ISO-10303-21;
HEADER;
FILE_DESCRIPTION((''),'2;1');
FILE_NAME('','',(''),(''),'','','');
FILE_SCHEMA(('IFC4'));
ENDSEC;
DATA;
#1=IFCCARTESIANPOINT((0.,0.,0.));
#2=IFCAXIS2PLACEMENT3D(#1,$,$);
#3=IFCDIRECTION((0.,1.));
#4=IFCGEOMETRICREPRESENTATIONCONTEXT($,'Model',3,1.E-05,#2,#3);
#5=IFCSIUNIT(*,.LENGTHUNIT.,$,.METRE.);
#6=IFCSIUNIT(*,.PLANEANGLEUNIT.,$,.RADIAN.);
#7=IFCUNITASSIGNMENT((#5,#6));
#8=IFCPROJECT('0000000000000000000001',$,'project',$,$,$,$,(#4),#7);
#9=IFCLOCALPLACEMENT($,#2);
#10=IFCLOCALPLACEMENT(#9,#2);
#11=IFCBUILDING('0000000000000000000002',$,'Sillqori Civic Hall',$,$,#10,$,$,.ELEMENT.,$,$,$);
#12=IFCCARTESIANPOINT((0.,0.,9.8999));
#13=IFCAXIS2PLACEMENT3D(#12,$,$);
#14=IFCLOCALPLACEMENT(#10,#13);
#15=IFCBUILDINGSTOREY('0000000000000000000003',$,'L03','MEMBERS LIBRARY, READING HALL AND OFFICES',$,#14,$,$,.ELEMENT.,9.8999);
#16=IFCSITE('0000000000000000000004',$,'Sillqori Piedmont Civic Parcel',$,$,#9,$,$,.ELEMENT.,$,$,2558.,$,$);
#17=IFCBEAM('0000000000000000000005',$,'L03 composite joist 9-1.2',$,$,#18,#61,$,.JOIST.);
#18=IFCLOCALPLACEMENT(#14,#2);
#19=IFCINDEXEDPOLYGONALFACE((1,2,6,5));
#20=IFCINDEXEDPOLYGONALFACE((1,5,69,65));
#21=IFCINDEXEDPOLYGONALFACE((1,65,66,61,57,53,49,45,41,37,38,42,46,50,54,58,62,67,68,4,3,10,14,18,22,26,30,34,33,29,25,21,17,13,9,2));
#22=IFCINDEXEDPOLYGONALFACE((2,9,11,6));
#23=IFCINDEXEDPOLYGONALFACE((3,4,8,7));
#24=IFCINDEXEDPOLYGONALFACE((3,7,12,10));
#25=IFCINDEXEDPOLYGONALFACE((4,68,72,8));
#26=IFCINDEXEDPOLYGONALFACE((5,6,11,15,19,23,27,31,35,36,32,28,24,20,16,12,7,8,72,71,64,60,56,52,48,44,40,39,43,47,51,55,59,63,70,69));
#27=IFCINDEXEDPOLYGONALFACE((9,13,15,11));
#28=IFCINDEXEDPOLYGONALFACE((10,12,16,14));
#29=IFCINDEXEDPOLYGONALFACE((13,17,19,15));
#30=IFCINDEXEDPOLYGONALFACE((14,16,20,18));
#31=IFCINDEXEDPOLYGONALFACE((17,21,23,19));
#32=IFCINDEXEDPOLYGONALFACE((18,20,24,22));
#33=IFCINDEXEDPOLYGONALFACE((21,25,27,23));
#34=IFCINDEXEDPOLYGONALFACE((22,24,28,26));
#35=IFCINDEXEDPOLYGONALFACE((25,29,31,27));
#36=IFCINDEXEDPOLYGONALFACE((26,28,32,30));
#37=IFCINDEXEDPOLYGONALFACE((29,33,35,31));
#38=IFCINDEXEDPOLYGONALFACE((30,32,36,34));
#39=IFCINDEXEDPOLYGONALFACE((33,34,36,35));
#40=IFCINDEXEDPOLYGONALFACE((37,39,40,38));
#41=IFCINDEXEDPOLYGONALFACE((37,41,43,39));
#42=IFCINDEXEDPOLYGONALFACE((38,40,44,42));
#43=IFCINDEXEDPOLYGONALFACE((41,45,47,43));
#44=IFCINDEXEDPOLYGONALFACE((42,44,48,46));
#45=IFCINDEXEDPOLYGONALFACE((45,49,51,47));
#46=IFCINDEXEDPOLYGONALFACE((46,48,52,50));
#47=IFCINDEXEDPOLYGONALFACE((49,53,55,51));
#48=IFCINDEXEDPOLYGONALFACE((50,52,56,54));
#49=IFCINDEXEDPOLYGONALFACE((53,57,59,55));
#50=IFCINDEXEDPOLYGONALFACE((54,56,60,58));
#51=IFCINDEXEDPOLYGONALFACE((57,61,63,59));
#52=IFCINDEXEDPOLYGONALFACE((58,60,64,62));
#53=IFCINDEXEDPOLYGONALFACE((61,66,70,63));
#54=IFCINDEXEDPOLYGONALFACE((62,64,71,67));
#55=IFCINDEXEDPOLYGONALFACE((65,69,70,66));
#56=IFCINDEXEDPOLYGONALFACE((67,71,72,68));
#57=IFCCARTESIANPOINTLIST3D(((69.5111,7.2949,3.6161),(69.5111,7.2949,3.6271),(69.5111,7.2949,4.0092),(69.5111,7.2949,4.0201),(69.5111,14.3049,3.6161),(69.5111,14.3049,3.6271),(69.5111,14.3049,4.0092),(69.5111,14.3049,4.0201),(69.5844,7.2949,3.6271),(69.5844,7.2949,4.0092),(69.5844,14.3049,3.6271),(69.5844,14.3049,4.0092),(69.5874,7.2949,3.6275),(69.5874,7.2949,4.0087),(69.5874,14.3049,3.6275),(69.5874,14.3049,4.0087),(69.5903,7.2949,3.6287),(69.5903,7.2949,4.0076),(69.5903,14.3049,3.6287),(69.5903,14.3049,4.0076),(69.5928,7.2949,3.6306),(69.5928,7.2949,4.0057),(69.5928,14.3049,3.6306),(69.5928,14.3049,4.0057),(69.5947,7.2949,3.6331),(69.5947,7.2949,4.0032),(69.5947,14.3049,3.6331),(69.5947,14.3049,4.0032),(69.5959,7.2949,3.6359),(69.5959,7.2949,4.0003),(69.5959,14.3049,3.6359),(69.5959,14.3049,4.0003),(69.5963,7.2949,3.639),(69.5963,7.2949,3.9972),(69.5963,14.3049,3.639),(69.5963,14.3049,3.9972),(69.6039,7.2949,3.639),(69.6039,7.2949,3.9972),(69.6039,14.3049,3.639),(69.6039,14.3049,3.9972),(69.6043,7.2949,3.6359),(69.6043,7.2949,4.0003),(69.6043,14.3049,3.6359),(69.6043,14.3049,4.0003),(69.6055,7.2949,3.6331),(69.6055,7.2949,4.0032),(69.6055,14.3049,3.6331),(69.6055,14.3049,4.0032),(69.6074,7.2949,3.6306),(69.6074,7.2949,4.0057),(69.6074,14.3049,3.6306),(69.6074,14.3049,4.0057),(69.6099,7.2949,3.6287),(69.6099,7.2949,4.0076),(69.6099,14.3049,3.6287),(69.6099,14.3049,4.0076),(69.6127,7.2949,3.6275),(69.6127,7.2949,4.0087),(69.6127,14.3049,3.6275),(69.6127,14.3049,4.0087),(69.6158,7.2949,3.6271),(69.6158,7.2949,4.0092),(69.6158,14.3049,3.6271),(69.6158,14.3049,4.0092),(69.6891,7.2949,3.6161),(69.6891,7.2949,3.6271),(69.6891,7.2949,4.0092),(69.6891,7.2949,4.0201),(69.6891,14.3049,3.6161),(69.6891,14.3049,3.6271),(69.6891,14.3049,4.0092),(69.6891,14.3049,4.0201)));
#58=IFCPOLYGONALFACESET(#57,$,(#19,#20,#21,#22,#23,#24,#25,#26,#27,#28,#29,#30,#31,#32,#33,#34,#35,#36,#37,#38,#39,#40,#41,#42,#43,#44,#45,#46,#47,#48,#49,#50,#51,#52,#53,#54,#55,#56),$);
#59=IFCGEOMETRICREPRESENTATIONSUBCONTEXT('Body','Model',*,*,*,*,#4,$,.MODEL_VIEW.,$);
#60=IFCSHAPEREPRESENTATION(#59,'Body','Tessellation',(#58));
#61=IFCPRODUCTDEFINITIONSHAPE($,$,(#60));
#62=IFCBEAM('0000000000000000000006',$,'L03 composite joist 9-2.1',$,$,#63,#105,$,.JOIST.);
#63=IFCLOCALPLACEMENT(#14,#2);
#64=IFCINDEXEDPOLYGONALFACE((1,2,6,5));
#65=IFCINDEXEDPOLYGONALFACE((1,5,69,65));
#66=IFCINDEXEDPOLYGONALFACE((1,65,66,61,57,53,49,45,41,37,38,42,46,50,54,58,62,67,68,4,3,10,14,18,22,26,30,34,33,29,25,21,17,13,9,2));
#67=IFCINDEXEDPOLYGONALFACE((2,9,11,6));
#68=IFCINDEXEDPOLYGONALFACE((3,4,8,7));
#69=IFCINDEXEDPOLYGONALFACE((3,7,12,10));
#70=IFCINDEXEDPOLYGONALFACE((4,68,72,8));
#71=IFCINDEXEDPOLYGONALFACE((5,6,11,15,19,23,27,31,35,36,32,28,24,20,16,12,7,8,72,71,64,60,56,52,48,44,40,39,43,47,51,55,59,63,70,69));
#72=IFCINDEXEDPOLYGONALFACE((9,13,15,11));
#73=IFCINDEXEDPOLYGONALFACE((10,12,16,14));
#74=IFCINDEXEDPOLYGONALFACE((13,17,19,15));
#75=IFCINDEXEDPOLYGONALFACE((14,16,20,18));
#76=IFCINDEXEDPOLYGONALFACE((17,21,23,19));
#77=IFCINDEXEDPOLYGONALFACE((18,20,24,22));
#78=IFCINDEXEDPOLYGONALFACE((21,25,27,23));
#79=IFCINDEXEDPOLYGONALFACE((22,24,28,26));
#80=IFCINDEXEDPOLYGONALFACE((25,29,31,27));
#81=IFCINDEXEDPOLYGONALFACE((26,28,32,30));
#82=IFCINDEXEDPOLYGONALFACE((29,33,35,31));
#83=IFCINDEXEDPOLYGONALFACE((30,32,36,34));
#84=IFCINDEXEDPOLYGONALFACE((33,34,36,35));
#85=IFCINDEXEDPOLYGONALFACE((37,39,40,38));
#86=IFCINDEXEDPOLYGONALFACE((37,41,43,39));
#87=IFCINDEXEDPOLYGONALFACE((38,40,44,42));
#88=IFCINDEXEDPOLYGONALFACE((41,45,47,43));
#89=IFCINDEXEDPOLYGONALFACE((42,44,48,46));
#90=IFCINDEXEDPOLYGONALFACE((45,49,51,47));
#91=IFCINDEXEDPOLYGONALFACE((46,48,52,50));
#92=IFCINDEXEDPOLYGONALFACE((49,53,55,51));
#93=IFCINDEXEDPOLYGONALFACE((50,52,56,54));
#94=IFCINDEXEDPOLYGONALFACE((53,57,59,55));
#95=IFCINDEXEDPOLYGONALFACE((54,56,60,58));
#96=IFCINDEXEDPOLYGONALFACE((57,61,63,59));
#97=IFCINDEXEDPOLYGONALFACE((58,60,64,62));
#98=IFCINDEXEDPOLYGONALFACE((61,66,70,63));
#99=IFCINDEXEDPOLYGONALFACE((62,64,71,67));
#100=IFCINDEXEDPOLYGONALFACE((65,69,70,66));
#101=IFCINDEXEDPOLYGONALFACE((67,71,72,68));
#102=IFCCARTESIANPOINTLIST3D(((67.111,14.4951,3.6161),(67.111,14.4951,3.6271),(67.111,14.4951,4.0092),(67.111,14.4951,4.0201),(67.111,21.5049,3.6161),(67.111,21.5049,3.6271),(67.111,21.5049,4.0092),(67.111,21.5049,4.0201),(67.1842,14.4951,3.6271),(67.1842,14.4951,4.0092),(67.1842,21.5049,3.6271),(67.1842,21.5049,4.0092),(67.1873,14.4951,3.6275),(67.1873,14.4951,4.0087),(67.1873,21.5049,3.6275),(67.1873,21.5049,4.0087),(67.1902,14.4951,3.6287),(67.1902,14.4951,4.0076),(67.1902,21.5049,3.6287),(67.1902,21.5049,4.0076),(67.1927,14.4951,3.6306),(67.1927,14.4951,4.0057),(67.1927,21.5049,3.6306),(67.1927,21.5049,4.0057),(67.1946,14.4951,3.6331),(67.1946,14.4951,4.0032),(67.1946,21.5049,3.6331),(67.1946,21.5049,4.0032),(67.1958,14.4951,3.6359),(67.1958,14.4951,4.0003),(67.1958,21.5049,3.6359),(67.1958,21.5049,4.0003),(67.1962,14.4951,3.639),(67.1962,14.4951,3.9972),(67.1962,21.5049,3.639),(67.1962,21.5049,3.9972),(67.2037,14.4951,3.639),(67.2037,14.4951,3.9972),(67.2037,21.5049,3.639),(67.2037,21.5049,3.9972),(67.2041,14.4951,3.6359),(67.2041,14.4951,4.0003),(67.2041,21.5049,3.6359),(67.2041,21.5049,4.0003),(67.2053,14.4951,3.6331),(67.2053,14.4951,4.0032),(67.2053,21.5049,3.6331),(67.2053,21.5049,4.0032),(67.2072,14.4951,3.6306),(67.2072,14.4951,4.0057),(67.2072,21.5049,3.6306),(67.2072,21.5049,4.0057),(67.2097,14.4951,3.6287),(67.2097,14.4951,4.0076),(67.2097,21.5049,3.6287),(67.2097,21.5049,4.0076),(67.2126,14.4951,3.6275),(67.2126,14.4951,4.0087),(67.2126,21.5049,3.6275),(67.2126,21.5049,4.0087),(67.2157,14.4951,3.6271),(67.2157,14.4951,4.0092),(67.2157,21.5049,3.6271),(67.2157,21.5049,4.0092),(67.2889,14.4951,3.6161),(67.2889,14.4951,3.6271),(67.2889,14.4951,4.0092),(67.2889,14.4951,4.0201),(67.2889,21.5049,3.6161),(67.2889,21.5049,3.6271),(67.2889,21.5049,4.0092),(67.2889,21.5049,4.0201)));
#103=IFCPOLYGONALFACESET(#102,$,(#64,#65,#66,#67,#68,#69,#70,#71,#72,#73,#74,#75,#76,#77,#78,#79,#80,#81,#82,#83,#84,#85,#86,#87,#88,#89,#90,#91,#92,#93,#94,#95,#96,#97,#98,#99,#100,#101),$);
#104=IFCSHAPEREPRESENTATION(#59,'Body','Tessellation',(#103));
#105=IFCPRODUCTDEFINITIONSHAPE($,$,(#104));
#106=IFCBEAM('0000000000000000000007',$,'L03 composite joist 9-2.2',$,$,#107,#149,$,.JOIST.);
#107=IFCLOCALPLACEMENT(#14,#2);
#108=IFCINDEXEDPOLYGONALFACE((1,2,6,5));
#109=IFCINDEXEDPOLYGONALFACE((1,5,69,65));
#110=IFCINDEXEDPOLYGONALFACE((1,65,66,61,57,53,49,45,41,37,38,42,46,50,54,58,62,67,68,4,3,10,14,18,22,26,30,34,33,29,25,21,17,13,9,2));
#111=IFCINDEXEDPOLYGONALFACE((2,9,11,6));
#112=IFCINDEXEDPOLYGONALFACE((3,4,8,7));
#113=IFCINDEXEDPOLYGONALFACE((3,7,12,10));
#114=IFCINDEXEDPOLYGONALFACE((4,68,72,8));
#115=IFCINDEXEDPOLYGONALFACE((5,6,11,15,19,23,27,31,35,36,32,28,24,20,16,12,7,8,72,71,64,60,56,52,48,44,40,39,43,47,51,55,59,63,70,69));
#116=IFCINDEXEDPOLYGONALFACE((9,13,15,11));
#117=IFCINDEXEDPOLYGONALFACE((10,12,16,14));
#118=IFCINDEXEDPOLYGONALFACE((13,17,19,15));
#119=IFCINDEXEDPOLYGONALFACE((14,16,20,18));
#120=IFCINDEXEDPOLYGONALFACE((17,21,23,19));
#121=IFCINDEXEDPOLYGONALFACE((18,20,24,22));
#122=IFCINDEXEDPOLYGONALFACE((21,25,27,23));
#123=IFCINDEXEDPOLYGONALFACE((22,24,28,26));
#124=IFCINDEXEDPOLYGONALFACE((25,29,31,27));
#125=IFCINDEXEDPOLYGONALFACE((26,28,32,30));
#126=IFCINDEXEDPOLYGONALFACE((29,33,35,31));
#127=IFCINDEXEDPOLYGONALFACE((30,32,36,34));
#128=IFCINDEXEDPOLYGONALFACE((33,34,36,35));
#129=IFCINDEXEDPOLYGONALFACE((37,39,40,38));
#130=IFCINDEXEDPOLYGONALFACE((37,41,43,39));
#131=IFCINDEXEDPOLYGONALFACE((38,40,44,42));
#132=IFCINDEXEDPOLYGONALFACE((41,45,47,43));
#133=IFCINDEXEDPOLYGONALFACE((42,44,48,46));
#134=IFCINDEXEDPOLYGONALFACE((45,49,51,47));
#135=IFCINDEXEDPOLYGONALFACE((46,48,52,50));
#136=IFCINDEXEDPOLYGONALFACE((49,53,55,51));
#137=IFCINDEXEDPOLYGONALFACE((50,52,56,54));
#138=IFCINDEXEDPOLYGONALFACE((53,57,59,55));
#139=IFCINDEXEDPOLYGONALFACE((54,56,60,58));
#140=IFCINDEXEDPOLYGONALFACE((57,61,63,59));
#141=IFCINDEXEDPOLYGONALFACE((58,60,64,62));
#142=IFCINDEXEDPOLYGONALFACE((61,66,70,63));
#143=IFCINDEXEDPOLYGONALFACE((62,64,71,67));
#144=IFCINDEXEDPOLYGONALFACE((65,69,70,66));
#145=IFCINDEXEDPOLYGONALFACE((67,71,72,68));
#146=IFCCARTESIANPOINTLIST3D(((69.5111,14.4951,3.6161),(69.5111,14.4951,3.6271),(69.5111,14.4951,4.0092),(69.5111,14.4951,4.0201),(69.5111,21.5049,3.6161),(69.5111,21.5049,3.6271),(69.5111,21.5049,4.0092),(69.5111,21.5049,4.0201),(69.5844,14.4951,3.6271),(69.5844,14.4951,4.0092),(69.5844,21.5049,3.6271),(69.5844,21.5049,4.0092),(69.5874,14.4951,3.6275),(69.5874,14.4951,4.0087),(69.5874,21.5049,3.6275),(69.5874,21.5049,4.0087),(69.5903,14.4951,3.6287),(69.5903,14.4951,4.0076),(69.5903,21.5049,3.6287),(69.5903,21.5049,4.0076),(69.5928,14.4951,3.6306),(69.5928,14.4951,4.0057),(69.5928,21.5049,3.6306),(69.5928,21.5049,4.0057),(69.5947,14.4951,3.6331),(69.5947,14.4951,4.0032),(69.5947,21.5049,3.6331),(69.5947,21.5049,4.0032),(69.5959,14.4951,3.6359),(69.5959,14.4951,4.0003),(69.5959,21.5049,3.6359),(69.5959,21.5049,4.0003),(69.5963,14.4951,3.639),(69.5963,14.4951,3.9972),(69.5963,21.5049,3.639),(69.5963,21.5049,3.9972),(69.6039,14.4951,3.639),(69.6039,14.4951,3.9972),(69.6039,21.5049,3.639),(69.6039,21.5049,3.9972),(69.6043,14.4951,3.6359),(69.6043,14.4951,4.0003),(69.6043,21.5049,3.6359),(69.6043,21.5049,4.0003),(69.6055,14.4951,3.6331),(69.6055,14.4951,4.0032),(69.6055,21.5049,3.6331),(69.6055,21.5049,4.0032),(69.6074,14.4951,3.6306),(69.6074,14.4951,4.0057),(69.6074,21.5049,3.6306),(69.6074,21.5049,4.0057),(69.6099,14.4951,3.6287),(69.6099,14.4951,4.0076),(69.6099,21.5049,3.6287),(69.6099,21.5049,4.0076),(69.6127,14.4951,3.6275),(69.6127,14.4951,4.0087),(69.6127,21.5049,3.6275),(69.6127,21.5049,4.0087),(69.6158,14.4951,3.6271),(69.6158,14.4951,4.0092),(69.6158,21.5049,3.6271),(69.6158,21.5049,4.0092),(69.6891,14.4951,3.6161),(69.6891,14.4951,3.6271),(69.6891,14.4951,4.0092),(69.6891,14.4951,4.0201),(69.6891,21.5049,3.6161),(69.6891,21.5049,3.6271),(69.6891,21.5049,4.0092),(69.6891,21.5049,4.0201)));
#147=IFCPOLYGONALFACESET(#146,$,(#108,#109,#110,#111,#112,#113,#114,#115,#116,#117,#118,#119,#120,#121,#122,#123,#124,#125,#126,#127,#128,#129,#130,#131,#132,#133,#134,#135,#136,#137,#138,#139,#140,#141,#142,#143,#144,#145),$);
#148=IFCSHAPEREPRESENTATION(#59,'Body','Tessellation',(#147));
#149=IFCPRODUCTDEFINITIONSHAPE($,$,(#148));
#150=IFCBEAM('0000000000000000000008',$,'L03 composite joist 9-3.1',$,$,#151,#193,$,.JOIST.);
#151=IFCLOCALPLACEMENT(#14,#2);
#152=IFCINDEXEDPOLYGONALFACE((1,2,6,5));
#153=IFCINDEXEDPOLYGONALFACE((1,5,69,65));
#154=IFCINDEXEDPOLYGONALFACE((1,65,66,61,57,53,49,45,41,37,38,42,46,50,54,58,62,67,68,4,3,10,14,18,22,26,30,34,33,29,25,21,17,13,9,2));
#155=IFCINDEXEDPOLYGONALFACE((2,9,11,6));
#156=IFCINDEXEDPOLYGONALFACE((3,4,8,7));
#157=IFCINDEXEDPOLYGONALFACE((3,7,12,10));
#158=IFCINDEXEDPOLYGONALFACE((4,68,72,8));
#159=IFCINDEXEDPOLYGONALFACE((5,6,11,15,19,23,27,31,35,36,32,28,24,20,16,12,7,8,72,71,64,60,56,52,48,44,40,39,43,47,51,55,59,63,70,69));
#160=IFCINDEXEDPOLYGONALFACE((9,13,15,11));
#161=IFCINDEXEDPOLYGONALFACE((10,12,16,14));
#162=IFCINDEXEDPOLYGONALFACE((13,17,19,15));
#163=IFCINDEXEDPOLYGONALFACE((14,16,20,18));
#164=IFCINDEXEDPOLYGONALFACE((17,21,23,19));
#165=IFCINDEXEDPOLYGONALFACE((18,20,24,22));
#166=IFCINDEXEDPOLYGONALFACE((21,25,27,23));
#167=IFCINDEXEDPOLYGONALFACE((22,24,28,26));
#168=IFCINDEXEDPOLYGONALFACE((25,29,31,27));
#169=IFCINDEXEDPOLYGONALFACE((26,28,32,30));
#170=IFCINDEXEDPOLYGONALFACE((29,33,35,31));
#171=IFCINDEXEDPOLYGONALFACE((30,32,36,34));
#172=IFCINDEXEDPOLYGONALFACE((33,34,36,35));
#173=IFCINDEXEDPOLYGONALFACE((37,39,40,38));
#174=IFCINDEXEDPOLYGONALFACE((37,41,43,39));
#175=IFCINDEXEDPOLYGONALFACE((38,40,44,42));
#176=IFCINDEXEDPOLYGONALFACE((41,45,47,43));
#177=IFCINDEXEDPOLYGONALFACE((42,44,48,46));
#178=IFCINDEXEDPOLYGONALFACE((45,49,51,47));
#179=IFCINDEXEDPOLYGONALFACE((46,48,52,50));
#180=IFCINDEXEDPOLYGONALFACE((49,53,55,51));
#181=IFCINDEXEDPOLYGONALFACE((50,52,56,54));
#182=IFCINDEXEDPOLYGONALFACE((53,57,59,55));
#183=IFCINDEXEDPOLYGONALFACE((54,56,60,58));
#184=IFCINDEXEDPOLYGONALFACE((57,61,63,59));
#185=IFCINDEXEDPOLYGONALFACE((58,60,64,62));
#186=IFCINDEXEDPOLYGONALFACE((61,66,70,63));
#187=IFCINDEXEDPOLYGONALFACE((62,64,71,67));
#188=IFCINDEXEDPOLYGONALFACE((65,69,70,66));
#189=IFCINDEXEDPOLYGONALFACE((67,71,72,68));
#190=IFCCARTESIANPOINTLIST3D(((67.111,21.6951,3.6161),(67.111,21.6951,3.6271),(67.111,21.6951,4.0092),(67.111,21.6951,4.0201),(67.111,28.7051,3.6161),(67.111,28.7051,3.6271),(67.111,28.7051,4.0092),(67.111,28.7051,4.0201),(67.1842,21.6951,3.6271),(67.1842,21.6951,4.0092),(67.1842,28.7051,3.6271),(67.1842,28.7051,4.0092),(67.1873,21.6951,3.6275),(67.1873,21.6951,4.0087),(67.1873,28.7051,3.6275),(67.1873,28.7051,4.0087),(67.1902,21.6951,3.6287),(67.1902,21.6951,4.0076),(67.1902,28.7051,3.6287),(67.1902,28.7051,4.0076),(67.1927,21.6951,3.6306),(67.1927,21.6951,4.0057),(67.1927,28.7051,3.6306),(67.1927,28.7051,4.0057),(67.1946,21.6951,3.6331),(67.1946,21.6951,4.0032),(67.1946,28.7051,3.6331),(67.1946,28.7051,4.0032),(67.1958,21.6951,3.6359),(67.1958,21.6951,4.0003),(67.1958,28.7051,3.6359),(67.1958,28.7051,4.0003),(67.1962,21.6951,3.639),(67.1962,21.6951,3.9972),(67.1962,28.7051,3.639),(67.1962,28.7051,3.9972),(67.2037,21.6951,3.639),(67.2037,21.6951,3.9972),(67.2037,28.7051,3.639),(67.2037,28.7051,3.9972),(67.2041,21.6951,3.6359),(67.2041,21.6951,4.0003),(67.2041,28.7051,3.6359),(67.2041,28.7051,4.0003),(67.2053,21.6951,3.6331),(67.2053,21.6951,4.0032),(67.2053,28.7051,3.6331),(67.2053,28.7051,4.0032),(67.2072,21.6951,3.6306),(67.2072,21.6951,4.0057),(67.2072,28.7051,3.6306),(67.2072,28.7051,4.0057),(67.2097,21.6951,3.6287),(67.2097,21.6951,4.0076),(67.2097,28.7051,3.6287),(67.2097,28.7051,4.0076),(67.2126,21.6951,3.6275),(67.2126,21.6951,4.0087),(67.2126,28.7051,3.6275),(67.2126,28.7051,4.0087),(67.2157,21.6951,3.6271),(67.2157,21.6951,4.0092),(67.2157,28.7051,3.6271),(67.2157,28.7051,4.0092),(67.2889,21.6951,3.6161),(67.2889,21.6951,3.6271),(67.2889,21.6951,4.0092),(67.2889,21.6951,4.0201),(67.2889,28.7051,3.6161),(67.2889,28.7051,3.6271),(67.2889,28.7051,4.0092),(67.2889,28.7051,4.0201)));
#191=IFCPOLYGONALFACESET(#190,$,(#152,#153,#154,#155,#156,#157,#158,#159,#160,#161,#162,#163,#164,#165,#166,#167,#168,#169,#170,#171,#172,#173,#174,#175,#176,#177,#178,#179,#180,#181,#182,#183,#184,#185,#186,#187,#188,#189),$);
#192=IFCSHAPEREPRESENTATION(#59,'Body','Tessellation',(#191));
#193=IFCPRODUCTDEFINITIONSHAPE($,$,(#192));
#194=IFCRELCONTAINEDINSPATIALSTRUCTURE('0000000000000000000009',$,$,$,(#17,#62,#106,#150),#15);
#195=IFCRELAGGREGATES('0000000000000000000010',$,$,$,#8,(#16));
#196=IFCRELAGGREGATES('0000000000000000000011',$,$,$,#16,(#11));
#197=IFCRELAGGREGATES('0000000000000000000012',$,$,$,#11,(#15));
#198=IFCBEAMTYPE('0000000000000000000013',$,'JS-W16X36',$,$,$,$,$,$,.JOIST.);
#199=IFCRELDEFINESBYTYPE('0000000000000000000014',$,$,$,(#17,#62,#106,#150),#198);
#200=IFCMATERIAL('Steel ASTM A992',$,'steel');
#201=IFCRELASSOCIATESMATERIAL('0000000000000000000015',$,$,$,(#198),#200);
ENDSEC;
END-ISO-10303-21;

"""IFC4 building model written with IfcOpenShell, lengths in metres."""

from ifc_helpers import new_model, si_unit, direction, frame, origin, origin_2d, place, context, subcontext, project, spatial, i_section, extrude, material, material_profile, profile_set, type_object, element, save


model = new_model("IFC4")

# Units and contexts
model_context = context("Model", 3, precision=1e-05, world=origin(), true_north=direction((0.0, 1.0)))
body_context = subcontext(model_context, "Body", "Model", "MODEL_VIEW")
ifc_project = project(units=[si_unit("LENGTHUNIT", "METRE"), si_unit("PLANEANGLEUNIT", "RADIAN")], contexts=[model_context])

# Site, building, storey
site_placement = place(None, origin())
site = spatial("IfcSite", under=ifc_project, at=site_placement, Name="Sillqori Piedmont Civic Parcel", CompositionType="ELEMENT", RefElevation=2558.0)
building_placement = place(site_placement, origin())
building = spatial("IfcBuilding", under=site, at=building_placement, Name="Sillqori Civic Hall", CompositionType="ELEMENT")
storey_placement = place(building_placement, frame((0.0, 0.0, 9.8999)))
storey = spatial("IfcBuildingStorey", under=building, at=storey_placement, Name="L03", Description="MEMBERS LIBRARY, READING HALL AND OFFICES", CompositionType="ELEMENT", Elevation=9.8999)

# Shared definitions
ifc_material_1 = material(Name="Steel ASTM A992", Category="steel")

# Beams
ifc_material_profile_1 = material_profile(ifc_material_1, i_section(OverallWidth=0.178, OverallDepth=0.4041, WebThickness=0.0076, FlangeThickness=0.011, FilletRadius=0.012, at=origin_2d()), Name="W16X36")
ifc_profile_set_1 = profile_set([ifc_material_profile_1], Name="Steel ASTM A992")
beam_type_1 = type_object("IfcBeamType", Name="JS-W16X36", PredefinedType="JOIST", material=ifc_profile_set_1)
for number, where, z_axis, x_axis, name in (
    (1, (69.6001, 7.2949, 3.8181), (0.0, 1.0, 0.0), (-1.0, 0.0, 0.0), "L03 composite joist 9-1.2"),
):
    element("IfcBeam", number, at=place(storey_placement, frame(where, z_axis=z_axis, x_axis=x_axis)), inside=storey, type_object=beam_type_1, Name=name, PredefinedType="JOIST", context=body_context, shape_type="SweptSolid", body=[
        extrude(i_section(OverallWidth=0.178, OverallDepth=0.4041, WebThickness=0.0076, FlangeThickness=0.011, FilletRadius=0.012, at=origin_2d()), origin(), (0.0, 0.0, 1.0), 7.01),
    ])
for number, where, z_axis, x_axis, name in (
    (2, (67.2, 14.4951, 3.8181), (0.0, 1.0, 0.0), (-1.0, 0.0, 0.0), "L03 composite joist 9-2.1"),
    (3, (69.6001, 14.4951, 3.8181), (0.0, 1.0, 0.0), (-1.0, 0.0, 0.0), "L03 composite joist 9-2.2"),
):
    element("IfcBeam", number, at=place(storey_placement, frame(where, z_axis=z_axis, x_axis=x_axis)), inside=storey, type_object=beam_type_1, Name=name, PredefinedType="JOIST", context=body_context, shape_type="SweptSolid", body=[
        extrude(i_section(OverallWidth=0.178, OverallDepth=0.4041, WebThickness=0.0076, FlangeThickness=0.011, FilletRadius=0.012, at=origin_2d()), origin(), (0.0, 0.0, 1.0), 7.0098),
    ])
for number, where, z_axis, x_axis, name in (
    (4, (67.2, 21.6951, 3.8181), (0.0, 1.0, 0.0), (-1.0, 0.0, 0.0), "L03 composite joist 9-3.1"),
):
    element("IfcBeam", number, at=place(storey_placement, frame(where, z_axis=z_axis, x_axis=x_axis)), inside=storey, type_object=beam_type_1, Name=name, PredefinedType="JOIST", context=body_context, shape_type="SweptSolid", body=[
        extrude(i_section(OverallWidth=0.178, OverallDepth=0.4041, WebThickness=0.0076, FlangeThickness=0.011, FilletRadius=0.012, at=origin_2d()), origin(), (0.0, 0.0, 1.0), 7.01),
    ])

save(model, "model.ifc")
